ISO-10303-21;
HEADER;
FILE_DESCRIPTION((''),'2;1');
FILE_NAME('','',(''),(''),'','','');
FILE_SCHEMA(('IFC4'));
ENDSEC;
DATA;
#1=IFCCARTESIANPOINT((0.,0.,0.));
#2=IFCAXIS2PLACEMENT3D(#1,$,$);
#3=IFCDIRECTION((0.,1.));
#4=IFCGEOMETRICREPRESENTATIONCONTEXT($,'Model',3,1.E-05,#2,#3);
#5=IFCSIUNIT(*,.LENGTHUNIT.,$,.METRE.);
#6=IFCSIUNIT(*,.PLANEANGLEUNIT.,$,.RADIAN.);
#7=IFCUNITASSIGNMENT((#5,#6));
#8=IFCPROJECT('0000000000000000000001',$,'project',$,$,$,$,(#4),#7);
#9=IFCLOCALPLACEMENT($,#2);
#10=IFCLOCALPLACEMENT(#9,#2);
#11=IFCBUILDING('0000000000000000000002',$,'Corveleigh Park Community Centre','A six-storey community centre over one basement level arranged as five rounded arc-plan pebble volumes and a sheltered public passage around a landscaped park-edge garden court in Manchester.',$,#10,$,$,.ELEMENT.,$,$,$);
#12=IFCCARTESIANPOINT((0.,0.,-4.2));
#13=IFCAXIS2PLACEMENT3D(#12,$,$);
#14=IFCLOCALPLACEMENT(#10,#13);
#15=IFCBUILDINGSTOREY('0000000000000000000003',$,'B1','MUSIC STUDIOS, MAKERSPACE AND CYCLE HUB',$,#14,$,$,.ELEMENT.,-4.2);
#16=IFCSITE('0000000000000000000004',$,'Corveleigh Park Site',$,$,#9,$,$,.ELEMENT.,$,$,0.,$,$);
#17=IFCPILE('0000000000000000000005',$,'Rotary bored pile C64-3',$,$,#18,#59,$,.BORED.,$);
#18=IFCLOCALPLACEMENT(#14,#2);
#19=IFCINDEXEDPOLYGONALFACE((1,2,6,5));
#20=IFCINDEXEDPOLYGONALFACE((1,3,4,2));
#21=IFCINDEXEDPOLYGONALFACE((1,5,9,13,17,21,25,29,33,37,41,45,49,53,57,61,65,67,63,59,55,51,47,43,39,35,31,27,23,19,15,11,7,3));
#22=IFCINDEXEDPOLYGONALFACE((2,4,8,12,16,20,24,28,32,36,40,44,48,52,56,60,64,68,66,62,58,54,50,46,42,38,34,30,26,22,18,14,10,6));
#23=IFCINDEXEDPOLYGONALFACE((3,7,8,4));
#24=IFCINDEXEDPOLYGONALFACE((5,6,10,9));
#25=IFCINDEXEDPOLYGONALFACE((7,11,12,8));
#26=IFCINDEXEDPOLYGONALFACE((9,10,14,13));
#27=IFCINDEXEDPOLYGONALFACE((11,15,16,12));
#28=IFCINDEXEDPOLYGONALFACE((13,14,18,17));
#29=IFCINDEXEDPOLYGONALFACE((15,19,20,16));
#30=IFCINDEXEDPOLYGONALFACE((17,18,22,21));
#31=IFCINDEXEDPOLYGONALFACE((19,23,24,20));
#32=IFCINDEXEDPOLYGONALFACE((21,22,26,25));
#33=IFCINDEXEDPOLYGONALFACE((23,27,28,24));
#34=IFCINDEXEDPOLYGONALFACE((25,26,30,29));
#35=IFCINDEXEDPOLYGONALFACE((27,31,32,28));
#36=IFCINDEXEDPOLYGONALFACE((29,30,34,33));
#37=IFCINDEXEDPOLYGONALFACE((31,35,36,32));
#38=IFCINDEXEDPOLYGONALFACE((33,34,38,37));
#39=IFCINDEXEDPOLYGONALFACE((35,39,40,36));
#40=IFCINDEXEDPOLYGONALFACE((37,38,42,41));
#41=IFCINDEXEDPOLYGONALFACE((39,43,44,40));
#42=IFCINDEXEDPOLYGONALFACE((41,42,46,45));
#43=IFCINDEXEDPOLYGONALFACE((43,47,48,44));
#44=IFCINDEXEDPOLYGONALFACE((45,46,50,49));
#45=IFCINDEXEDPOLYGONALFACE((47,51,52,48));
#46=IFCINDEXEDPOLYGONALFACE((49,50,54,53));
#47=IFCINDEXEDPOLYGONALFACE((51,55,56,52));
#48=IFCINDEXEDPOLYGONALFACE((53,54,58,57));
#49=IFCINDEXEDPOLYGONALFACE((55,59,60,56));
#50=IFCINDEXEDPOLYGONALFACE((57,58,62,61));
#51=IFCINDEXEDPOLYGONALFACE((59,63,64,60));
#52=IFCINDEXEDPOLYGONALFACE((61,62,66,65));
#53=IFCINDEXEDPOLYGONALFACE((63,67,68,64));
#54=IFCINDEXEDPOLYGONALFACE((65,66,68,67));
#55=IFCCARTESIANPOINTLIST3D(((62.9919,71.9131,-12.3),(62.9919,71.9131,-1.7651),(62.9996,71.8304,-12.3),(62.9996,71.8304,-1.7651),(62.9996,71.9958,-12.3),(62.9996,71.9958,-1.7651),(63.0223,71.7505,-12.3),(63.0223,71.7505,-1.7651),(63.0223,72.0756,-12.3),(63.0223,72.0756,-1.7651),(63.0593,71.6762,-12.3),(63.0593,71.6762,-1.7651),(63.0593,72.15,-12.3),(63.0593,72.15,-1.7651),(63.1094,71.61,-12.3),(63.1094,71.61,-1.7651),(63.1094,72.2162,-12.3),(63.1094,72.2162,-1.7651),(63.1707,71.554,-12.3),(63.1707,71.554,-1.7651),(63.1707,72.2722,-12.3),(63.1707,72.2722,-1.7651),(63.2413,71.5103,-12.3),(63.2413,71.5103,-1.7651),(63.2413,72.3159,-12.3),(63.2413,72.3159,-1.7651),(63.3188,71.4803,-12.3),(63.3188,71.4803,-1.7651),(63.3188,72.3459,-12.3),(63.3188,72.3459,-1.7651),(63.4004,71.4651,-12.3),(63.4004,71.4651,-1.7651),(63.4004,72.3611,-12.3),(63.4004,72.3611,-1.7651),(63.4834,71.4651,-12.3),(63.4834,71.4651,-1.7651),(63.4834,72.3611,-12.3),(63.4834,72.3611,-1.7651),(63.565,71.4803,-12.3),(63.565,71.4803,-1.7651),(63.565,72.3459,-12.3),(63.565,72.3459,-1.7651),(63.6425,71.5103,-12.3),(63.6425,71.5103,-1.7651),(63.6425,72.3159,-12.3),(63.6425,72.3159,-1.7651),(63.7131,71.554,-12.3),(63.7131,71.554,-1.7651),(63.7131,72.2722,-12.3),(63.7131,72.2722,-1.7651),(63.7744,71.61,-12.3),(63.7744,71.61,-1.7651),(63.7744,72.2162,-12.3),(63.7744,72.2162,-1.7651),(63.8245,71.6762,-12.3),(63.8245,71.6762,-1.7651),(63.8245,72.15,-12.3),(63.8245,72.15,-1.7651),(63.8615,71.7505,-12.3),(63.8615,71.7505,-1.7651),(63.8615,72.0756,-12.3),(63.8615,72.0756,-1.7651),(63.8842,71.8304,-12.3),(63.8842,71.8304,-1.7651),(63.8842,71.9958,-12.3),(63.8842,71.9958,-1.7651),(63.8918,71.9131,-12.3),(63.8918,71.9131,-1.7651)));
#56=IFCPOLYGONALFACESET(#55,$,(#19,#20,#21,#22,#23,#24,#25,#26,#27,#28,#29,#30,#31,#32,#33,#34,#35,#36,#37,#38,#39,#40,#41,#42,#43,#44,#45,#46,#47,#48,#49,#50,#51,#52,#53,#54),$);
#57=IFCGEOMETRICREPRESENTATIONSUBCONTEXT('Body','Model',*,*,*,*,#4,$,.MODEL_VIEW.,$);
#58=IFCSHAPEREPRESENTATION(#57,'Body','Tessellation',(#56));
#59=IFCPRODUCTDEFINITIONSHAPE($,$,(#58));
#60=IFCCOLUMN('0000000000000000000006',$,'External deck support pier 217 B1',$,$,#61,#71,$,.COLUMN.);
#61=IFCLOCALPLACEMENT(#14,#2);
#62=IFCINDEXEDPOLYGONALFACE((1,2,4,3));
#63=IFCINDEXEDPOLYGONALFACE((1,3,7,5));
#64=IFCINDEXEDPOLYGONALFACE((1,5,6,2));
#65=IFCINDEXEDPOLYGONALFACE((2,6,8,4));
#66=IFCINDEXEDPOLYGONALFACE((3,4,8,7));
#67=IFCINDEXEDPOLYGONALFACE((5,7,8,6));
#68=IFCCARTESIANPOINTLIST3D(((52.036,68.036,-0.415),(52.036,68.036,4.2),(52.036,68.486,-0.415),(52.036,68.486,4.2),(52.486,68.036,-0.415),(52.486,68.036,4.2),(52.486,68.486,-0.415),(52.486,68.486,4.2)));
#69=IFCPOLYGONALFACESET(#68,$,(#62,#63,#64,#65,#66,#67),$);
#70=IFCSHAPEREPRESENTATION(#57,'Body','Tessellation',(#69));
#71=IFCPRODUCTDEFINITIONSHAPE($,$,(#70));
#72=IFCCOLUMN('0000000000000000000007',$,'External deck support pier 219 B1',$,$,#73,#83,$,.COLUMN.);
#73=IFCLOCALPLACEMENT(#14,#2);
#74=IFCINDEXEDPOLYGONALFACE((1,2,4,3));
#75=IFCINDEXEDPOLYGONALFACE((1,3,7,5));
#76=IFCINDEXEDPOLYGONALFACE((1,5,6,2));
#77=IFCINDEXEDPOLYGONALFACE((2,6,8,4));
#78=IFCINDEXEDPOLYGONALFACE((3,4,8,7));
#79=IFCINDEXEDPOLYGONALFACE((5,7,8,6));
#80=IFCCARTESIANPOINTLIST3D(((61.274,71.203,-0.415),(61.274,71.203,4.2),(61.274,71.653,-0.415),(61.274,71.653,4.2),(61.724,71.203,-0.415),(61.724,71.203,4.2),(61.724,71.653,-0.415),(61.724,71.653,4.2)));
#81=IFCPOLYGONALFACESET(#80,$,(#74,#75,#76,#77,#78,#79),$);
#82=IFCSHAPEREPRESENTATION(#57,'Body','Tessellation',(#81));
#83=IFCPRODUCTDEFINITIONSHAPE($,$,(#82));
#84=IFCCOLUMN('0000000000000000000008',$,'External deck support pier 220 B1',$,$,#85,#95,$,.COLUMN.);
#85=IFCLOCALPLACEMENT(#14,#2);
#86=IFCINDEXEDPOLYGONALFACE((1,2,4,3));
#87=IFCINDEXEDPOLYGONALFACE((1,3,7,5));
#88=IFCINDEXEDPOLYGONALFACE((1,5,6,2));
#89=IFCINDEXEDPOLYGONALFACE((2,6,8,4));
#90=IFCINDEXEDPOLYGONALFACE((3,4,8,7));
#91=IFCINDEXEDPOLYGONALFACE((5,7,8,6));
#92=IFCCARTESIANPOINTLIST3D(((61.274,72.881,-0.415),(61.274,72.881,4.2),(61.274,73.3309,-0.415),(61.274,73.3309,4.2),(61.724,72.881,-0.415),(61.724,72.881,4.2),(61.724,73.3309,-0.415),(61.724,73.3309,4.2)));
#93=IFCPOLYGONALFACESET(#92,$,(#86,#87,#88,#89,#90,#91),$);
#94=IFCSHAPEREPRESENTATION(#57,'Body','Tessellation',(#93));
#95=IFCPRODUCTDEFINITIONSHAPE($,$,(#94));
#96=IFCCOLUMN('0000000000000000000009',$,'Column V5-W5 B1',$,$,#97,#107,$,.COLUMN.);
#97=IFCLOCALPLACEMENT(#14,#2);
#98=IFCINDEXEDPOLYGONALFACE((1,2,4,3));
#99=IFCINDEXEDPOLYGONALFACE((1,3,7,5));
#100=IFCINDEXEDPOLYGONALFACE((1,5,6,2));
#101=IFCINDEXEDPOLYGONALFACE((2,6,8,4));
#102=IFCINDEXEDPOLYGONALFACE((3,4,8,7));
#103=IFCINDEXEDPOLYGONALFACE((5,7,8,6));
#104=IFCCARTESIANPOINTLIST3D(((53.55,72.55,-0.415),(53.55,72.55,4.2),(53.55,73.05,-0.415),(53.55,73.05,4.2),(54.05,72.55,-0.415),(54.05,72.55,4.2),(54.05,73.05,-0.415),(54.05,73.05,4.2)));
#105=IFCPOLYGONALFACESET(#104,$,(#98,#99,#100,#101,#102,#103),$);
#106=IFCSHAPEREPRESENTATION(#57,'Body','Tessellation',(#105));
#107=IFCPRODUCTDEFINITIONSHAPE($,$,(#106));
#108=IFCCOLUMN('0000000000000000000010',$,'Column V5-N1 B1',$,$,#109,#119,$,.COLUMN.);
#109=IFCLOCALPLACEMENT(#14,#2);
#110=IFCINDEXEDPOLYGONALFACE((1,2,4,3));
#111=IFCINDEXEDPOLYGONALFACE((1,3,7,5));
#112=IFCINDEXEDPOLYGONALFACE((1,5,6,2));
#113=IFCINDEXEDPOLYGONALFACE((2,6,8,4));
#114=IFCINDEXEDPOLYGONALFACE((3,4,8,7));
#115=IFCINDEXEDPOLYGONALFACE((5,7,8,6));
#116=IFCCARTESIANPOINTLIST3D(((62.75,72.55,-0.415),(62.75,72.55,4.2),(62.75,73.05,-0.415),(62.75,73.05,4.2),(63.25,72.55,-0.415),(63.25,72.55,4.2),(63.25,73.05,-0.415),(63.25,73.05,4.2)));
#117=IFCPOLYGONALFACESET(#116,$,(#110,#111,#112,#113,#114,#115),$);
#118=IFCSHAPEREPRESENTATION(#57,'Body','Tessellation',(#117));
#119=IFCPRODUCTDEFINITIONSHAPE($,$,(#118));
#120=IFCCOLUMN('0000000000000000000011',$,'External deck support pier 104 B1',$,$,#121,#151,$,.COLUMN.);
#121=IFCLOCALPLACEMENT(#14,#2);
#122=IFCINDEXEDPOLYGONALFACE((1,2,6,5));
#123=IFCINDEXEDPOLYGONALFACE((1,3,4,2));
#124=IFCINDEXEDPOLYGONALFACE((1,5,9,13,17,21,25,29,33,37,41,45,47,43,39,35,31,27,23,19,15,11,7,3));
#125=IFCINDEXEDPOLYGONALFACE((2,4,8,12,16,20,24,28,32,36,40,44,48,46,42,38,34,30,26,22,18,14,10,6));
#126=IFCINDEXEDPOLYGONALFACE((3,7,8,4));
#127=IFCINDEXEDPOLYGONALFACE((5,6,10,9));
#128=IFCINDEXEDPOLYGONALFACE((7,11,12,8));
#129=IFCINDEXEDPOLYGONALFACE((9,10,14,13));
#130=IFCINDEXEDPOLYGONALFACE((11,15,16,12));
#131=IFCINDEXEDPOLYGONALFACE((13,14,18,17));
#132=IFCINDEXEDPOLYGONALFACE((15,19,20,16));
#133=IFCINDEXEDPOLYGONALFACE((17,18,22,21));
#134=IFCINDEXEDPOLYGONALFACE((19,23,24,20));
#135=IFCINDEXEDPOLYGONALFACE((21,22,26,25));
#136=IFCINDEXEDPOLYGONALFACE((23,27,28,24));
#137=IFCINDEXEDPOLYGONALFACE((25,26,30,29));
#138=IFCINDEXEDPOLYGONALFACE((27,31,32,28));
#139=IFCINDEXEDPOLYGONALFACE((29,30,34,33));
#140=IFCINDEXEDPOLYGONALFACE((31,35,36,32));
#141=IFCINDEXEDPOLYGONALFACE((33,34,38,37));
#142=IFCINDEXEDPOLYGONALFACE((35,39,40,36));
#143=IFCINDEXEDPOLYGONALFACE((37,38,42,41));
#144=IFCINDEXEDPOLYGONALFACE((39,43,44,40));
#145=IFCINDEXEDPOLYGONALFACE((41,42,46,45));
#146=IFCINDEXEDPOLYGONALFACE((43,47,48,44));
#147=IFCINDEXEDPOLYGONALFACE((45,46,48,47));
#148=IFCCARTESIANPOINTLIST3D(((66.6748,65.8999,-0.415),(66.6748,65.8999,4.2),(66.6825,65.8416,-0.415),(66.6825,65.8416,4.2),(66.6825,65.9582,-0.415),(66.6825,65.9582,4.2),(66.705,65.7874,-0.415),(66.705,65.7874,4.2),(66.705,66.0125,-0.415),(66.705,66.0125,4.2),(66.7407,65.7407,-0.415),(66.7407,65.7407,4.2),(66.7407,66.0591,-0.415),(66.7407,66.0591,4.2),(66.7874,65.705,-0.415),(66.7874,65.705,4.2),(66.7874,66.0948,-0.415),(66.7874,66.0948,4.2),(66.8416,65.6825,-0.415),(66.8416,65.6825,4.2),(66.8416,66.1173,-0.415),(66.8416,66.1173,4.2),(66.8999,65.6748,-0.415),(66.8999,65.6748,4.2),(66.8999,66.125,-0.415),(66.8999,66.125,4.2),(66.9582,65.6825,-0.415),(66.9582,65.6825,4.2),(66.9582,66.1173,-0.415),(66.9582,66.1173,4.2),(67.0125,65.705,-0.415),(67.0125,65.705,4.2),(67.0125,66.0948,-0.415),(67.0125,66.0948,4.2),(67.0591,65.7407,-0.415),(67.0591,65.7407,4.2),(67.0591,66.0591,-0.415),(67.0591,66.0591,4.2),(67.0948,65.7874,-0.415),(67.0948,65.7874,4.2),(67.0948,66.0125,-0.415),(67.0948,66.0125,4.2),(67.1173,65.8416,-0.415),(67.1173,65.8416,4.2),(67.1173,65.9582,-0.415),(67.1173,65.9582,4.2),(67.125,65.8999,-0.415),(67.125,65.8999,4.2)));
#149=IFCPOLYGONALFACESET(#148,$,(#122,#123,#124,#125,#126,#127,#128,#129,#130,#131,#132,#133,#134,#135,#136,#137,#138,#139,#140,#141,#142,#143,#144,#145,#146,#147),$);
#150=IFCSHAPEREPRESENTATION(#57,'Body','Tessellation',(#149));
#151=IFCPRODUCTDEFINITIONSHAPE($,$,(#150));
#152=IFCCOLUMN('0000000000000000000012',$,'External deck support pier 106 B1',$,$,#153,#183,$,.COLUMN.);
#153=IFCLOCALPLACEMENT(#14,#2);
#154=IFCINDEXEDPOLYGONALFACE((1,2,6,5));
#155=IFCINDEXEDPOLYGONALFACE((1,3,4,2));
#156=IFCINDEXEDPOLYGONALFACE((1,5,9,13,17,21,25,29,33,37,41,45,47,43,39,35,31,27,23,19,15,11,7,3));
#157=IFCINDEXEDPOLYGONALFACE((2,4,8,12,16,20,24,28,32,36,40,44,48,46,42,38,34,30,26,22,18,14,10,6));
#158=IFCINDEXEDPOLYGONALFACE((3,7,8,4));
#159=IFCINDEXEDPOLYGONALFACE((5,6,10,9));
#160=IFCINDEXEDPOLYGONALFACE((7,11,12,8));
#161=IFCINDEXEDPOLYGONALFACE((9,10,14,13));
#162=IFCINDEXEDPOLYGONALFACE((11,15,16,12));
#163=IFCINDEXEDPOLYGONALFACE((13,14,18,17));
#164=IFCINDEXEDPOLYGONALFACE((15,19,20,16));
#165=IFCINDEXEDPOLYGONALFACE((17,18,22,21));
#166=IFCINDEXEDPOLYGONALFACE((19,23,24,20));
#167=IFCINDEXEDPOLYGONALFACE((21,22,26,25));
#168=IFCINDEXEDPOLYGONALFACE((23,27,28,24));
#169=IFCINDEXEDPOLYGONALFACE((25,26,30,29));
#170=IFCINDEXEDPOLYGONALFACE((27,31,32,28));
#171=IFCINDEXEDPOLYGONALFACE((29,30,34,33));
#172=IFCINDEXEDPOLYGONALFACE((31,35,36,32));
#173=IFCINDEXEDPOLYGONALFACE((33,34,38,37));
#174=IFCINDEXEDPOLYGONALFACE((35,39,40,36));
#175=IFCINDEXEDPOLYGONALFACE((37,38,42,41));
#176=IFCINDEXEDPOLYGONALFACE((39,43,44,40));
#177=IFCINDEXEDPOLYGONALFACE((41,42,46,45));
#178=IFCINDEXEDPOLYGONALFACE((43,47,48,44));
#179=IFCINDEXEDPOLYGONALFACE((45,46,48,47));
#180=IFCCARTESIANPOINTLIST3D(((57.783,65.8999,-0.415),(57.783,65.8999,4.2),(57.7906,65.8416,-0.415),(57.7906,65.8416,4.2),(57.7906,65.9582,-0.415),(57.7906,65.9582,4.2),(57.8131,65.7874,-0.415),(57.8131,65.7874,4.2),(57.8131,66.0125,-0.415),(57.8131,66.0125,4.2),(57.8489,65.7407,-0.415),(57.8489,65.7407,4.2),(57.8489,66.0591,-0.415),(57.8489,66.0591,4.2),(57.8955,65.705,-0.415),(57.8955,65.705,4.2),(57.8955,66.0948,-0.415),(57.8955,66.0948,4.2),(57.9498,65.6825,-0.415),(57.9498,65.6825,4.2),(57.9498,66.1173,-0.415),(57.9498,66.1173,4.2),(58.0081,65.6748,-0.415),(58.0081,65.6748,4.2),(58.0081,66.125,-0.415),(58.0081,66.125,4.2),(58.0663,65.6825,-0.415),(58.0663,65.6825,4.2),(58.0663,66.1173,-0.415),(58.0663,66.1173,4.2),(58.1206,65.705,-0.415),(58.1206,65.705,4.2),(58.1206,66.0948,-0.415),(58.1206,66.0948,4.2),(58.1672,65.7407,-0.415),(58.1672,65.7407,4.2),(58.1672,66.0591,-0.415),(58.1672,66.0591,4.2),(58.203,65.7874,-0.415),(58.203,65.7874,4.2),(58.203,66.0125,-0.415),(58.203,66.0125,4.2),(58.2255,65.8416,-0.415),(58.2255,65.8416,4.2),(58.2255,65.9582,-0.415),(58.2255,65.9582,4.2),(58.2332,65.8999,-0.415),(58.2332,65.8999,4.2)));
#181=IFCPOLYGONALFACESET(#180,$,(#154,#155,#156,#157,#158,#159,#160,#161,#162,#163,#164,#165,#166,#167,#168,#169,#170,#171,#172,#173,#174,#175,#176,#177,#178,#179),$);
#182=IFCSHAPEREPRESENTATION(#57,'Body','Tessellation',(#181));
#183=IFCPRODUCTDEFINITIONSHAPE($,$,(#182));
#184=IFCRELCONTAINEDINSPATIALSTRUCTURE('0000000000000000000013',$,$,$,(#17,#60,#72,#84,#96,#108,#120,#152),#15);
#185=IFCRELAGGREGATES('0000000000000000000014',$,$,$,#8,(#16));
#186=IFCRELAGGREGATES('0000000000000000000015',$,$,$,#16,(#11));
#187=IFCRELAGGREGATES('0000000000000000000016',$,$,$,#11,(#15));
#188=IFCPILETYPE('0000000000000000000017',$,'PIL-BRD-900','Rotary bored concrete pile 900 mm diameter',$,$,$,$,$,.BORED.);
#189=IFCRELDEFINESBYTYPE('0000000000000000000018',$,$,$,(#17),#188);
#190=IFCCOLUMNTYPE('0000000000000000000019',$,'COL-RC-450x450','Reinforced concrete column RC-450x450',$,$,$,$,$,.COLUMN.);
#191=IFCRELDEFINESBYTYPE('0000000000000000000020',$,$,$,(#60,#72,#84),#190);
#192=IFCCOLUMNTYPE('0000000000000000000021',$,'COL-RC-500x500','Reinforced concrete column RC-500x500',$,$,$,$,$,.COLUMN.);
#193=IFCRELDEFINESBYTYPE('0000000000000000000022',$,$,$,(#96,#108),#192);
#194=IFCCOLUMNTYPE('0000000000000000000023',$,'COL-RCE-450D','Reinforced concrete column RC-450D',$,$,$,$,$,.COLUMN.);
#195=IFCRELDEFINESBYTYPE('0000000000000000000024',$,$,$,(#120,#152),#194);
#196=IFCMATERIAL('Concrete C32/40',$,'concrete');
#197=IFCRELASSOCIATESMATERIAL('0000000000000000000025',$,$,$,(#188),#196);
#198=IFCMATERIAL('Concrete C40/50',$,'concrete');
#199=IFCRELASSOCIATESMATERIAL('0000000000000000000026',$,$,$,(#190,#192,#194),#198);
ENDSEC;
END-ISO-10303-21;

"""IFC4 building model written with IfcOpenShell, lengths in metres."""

from ifc_helpers import new_model, si_unit, direction, frame, origin, origin_2d, place, context, subcontext, project, spatial, rectangle, circle, extrude, material, material_profile, profile_set, type_object, element, save


model = new_model("IFC4")

# Units and contexts
model_context = context("Model", 3, precision=1e-05, world=origin(), true_north=direction((0.0, 1.0)))
body_context = subcontext(model_context, "Body", "Model", "MODEL_VIEW")
ifc_project = project(units=[si_unit("LENGTHUNIT", "METRE"), si_unit("PLANEANGLEUNIT", "RADIAN")], contexts=[model_context])

# Site, building, storey
site_placement = place(None, origin())
site = spatial("IfcSite", under=ifc_project, at=site_placement, Name="Corveleigh Park Site", CompositionType="ELEMENT", RefElevation=0.0)
building_placement = place(site_placement, origin())
building = spatial("IfcBuilding", under=site, at=building_placement, Name="Corveleigh Park Community Centre", Description="A six-storey community centre over one basement level arranged as five rounded arc-plan pebble volumes and a sheltered public passage around a landscaped park-edge garden court in Manchester.", CompositionType="ELEMENT")
storey_placement = place(building_placement, frame((0.0, 0.0, -4.2)))
storey = spatial("IfcBuildingStorey", under=building, at=storey_placement, Name="B1", Description="MUSIC STUDIOS, MAKERSPACE AND CYCLE HUB", CompositionType="ELEMENT", Elevation=-4.2)

# Shared definitions
ifc_material_1 = material(Name="Concrete C40/50", Category="concrete")

# Pile
ifc_material_2 = material(Name="Concrete C32/40", Category="concrete")
ifc_material_profile_1 = material_profile(ifc_material_2, circle(Radius=0.45, at=origin_2d()), Name="BORED-PILE-900", Category="concrete")
ifc_profile_set_1 = profile_set([ifc_material_profile_1], Name="Concrete C32/40")
pile_type_1 = type_object("IfcPileType", Name="PIL-BRD-900", Description="Rotary bored concrete pile 900 mm diameter", PredefinedType="BORED", material=ifc_profile_set_1)
for number, where, z_axis, x_axis, name in (
    (1, (63.4419, 71.9131, -1.7651), (0.0, 0.0, -1.0), (1.0, 0.0, 0.0), "Rotary bored pile C64-3"),
):
    element("IfcPile", number, at=place(storey_placement, frame(where, z_axis=z_axis, x_axis=x_axis)), inside=storey, type_object=pile_type_1, Name=name, PredefinedType="BORED", context=body_context, shape_type="SweptSolid", body=[
        extrude(circle(Radius=0.45, at=origin_2d()), origin(), (0.0, 0.0, 1.0), 10.5349),
    ])

# Columns
ifc_material_profile_2 = material_profile(ifc_material_1, rectangle(XDim=0.45, YDim=0.45, at=origin_2d()), Name="RC-450x450", Category="concrete")
ifc_profile_set_2 = profile_set([ifc_material_profile_2], Name="Concrete C40/50")
column_type_1 = type_object("IfcColumnType", Name="COL-RC-450x450", Description="Reinforced concrete column RC-450x450", PredefinedType="COLUMN", material=ifc_profile_set_2)
for number, where, z_axis, x_axis, name in (
    (2, (52.261, 68.261, -0.415), (0.0, 0.0, 1.0), (1.0, 0.0, 0.0), "External deck support pier 217 B1"),
    (3, (61.499, 71.428, -0.415), (0.0, 0.0, 1.0), (1.0, 0.0, 0.0), "External deck support pier 219 B1"),
    (4, (61.499, 73.106, -0.415), (0.0, 0.0, 1.0), (1.0, 0.0, 0.0), "External deck support pier 220 B1"),
):
    element("IfcColumn", number, at=place(storey_placement, frame(where, z_axis=z_axis, x_axis=x_axis)), inside=storey, type_object=column_type_1, Name=name, PredefinedType="COLUMN", context=body_context, shape_type="SweptSolid", body=[
        extrude(rectangle(XDim=0.45, YDim=0.45, at=origin_2d()), origin(), (0.0, 0.0, 1.0), 4.615),
    ])
ifc_material_profile_3 = material_profile(ifc_material_1, rectangle(XDim=0.5, YDim=0.5, at=origin_2d()), Name="RC-500x500", Category="concrete")
ifc_profile_set_3 = profile_set([ifc_material_profile_3], Name="Concrete C40/50")
column_type_2 = type_object("IfcColumnType", Name="COL-RC-500x500", Description="Reinforced concrete column RC-500x500", PredefinedType="COLUMN", material=ifc_profile_set_3)
for number, where, z_axis, x_axis, name in (
    (5, (53.8, 72.8, -0.415), (0.0, 0.0, 1.0), (1.0, 0.0, 0.0), "Column V5-W5 B1"),
    (6, (63.0, 72.8, -0.415), (0.0, 0.0, 1.0), (1.0, 0.0, 0.0), "Column V5-N1 B1"),
):
    element("IfcColumn", number, at=place(storey_placement, frame(where, z_axis=z_axis, x_axis=x_axis)), inside=storey, type_object=column_type_2, Name=name, PredefinedType="COLUMN", context=body_context, shape_type="SweptSolid", body=[
        extrude(rectangle(XDim=0.5, YDim=0.5, at=origin_2d()), origin(), (0.0, 0.0, 1.0), 4.615),
    ])
ifc_material_profile_4 = material_profile(ifc_material_1, circle(Radius=0.2251, at=origin_2d()), Name="RC-450D", Category="concrete")
ifc_profile_set_4 = profile_set([ifc_material_profile_4], Name="Concrete C40/50")
column_type_3 = type_object("IfcColumnType", Name="COL-RCE-450D", Description="Reinforced concrete column RC-450D", PredefinedType="COLUMN", material=ifc_profile_set_4)
for number, where, z_axis, x_axis, name in (
    (7, (66.8999, 65.8999, -0.415), (0.0, 0.0, 1.0), (1.0, 0.0, 0.0), "External deck support pier 104 B1"),
    (8, (58.0081, 65.8999, -0.415), (0.0, 0.0, 1.0), (1.0, 0.0, 0.0), "External deck support pier 106 B1"),
):
    element("IfcColumn", number, at=place(storey_placement, frame(where, z_axis=z_axis, x_axis=x_axis)), inside=storey, type_object=column_type_3, Name=name, PredefinedType="COLUMN", context=body_context, shape_type="SweptSolid", body=[
        extrude(circle(Radius=0.2251, at=origin_2d()), origin(), (0.0, 0.0, 1.0), 4.615),
    ])

save(model, "model.ifc")
